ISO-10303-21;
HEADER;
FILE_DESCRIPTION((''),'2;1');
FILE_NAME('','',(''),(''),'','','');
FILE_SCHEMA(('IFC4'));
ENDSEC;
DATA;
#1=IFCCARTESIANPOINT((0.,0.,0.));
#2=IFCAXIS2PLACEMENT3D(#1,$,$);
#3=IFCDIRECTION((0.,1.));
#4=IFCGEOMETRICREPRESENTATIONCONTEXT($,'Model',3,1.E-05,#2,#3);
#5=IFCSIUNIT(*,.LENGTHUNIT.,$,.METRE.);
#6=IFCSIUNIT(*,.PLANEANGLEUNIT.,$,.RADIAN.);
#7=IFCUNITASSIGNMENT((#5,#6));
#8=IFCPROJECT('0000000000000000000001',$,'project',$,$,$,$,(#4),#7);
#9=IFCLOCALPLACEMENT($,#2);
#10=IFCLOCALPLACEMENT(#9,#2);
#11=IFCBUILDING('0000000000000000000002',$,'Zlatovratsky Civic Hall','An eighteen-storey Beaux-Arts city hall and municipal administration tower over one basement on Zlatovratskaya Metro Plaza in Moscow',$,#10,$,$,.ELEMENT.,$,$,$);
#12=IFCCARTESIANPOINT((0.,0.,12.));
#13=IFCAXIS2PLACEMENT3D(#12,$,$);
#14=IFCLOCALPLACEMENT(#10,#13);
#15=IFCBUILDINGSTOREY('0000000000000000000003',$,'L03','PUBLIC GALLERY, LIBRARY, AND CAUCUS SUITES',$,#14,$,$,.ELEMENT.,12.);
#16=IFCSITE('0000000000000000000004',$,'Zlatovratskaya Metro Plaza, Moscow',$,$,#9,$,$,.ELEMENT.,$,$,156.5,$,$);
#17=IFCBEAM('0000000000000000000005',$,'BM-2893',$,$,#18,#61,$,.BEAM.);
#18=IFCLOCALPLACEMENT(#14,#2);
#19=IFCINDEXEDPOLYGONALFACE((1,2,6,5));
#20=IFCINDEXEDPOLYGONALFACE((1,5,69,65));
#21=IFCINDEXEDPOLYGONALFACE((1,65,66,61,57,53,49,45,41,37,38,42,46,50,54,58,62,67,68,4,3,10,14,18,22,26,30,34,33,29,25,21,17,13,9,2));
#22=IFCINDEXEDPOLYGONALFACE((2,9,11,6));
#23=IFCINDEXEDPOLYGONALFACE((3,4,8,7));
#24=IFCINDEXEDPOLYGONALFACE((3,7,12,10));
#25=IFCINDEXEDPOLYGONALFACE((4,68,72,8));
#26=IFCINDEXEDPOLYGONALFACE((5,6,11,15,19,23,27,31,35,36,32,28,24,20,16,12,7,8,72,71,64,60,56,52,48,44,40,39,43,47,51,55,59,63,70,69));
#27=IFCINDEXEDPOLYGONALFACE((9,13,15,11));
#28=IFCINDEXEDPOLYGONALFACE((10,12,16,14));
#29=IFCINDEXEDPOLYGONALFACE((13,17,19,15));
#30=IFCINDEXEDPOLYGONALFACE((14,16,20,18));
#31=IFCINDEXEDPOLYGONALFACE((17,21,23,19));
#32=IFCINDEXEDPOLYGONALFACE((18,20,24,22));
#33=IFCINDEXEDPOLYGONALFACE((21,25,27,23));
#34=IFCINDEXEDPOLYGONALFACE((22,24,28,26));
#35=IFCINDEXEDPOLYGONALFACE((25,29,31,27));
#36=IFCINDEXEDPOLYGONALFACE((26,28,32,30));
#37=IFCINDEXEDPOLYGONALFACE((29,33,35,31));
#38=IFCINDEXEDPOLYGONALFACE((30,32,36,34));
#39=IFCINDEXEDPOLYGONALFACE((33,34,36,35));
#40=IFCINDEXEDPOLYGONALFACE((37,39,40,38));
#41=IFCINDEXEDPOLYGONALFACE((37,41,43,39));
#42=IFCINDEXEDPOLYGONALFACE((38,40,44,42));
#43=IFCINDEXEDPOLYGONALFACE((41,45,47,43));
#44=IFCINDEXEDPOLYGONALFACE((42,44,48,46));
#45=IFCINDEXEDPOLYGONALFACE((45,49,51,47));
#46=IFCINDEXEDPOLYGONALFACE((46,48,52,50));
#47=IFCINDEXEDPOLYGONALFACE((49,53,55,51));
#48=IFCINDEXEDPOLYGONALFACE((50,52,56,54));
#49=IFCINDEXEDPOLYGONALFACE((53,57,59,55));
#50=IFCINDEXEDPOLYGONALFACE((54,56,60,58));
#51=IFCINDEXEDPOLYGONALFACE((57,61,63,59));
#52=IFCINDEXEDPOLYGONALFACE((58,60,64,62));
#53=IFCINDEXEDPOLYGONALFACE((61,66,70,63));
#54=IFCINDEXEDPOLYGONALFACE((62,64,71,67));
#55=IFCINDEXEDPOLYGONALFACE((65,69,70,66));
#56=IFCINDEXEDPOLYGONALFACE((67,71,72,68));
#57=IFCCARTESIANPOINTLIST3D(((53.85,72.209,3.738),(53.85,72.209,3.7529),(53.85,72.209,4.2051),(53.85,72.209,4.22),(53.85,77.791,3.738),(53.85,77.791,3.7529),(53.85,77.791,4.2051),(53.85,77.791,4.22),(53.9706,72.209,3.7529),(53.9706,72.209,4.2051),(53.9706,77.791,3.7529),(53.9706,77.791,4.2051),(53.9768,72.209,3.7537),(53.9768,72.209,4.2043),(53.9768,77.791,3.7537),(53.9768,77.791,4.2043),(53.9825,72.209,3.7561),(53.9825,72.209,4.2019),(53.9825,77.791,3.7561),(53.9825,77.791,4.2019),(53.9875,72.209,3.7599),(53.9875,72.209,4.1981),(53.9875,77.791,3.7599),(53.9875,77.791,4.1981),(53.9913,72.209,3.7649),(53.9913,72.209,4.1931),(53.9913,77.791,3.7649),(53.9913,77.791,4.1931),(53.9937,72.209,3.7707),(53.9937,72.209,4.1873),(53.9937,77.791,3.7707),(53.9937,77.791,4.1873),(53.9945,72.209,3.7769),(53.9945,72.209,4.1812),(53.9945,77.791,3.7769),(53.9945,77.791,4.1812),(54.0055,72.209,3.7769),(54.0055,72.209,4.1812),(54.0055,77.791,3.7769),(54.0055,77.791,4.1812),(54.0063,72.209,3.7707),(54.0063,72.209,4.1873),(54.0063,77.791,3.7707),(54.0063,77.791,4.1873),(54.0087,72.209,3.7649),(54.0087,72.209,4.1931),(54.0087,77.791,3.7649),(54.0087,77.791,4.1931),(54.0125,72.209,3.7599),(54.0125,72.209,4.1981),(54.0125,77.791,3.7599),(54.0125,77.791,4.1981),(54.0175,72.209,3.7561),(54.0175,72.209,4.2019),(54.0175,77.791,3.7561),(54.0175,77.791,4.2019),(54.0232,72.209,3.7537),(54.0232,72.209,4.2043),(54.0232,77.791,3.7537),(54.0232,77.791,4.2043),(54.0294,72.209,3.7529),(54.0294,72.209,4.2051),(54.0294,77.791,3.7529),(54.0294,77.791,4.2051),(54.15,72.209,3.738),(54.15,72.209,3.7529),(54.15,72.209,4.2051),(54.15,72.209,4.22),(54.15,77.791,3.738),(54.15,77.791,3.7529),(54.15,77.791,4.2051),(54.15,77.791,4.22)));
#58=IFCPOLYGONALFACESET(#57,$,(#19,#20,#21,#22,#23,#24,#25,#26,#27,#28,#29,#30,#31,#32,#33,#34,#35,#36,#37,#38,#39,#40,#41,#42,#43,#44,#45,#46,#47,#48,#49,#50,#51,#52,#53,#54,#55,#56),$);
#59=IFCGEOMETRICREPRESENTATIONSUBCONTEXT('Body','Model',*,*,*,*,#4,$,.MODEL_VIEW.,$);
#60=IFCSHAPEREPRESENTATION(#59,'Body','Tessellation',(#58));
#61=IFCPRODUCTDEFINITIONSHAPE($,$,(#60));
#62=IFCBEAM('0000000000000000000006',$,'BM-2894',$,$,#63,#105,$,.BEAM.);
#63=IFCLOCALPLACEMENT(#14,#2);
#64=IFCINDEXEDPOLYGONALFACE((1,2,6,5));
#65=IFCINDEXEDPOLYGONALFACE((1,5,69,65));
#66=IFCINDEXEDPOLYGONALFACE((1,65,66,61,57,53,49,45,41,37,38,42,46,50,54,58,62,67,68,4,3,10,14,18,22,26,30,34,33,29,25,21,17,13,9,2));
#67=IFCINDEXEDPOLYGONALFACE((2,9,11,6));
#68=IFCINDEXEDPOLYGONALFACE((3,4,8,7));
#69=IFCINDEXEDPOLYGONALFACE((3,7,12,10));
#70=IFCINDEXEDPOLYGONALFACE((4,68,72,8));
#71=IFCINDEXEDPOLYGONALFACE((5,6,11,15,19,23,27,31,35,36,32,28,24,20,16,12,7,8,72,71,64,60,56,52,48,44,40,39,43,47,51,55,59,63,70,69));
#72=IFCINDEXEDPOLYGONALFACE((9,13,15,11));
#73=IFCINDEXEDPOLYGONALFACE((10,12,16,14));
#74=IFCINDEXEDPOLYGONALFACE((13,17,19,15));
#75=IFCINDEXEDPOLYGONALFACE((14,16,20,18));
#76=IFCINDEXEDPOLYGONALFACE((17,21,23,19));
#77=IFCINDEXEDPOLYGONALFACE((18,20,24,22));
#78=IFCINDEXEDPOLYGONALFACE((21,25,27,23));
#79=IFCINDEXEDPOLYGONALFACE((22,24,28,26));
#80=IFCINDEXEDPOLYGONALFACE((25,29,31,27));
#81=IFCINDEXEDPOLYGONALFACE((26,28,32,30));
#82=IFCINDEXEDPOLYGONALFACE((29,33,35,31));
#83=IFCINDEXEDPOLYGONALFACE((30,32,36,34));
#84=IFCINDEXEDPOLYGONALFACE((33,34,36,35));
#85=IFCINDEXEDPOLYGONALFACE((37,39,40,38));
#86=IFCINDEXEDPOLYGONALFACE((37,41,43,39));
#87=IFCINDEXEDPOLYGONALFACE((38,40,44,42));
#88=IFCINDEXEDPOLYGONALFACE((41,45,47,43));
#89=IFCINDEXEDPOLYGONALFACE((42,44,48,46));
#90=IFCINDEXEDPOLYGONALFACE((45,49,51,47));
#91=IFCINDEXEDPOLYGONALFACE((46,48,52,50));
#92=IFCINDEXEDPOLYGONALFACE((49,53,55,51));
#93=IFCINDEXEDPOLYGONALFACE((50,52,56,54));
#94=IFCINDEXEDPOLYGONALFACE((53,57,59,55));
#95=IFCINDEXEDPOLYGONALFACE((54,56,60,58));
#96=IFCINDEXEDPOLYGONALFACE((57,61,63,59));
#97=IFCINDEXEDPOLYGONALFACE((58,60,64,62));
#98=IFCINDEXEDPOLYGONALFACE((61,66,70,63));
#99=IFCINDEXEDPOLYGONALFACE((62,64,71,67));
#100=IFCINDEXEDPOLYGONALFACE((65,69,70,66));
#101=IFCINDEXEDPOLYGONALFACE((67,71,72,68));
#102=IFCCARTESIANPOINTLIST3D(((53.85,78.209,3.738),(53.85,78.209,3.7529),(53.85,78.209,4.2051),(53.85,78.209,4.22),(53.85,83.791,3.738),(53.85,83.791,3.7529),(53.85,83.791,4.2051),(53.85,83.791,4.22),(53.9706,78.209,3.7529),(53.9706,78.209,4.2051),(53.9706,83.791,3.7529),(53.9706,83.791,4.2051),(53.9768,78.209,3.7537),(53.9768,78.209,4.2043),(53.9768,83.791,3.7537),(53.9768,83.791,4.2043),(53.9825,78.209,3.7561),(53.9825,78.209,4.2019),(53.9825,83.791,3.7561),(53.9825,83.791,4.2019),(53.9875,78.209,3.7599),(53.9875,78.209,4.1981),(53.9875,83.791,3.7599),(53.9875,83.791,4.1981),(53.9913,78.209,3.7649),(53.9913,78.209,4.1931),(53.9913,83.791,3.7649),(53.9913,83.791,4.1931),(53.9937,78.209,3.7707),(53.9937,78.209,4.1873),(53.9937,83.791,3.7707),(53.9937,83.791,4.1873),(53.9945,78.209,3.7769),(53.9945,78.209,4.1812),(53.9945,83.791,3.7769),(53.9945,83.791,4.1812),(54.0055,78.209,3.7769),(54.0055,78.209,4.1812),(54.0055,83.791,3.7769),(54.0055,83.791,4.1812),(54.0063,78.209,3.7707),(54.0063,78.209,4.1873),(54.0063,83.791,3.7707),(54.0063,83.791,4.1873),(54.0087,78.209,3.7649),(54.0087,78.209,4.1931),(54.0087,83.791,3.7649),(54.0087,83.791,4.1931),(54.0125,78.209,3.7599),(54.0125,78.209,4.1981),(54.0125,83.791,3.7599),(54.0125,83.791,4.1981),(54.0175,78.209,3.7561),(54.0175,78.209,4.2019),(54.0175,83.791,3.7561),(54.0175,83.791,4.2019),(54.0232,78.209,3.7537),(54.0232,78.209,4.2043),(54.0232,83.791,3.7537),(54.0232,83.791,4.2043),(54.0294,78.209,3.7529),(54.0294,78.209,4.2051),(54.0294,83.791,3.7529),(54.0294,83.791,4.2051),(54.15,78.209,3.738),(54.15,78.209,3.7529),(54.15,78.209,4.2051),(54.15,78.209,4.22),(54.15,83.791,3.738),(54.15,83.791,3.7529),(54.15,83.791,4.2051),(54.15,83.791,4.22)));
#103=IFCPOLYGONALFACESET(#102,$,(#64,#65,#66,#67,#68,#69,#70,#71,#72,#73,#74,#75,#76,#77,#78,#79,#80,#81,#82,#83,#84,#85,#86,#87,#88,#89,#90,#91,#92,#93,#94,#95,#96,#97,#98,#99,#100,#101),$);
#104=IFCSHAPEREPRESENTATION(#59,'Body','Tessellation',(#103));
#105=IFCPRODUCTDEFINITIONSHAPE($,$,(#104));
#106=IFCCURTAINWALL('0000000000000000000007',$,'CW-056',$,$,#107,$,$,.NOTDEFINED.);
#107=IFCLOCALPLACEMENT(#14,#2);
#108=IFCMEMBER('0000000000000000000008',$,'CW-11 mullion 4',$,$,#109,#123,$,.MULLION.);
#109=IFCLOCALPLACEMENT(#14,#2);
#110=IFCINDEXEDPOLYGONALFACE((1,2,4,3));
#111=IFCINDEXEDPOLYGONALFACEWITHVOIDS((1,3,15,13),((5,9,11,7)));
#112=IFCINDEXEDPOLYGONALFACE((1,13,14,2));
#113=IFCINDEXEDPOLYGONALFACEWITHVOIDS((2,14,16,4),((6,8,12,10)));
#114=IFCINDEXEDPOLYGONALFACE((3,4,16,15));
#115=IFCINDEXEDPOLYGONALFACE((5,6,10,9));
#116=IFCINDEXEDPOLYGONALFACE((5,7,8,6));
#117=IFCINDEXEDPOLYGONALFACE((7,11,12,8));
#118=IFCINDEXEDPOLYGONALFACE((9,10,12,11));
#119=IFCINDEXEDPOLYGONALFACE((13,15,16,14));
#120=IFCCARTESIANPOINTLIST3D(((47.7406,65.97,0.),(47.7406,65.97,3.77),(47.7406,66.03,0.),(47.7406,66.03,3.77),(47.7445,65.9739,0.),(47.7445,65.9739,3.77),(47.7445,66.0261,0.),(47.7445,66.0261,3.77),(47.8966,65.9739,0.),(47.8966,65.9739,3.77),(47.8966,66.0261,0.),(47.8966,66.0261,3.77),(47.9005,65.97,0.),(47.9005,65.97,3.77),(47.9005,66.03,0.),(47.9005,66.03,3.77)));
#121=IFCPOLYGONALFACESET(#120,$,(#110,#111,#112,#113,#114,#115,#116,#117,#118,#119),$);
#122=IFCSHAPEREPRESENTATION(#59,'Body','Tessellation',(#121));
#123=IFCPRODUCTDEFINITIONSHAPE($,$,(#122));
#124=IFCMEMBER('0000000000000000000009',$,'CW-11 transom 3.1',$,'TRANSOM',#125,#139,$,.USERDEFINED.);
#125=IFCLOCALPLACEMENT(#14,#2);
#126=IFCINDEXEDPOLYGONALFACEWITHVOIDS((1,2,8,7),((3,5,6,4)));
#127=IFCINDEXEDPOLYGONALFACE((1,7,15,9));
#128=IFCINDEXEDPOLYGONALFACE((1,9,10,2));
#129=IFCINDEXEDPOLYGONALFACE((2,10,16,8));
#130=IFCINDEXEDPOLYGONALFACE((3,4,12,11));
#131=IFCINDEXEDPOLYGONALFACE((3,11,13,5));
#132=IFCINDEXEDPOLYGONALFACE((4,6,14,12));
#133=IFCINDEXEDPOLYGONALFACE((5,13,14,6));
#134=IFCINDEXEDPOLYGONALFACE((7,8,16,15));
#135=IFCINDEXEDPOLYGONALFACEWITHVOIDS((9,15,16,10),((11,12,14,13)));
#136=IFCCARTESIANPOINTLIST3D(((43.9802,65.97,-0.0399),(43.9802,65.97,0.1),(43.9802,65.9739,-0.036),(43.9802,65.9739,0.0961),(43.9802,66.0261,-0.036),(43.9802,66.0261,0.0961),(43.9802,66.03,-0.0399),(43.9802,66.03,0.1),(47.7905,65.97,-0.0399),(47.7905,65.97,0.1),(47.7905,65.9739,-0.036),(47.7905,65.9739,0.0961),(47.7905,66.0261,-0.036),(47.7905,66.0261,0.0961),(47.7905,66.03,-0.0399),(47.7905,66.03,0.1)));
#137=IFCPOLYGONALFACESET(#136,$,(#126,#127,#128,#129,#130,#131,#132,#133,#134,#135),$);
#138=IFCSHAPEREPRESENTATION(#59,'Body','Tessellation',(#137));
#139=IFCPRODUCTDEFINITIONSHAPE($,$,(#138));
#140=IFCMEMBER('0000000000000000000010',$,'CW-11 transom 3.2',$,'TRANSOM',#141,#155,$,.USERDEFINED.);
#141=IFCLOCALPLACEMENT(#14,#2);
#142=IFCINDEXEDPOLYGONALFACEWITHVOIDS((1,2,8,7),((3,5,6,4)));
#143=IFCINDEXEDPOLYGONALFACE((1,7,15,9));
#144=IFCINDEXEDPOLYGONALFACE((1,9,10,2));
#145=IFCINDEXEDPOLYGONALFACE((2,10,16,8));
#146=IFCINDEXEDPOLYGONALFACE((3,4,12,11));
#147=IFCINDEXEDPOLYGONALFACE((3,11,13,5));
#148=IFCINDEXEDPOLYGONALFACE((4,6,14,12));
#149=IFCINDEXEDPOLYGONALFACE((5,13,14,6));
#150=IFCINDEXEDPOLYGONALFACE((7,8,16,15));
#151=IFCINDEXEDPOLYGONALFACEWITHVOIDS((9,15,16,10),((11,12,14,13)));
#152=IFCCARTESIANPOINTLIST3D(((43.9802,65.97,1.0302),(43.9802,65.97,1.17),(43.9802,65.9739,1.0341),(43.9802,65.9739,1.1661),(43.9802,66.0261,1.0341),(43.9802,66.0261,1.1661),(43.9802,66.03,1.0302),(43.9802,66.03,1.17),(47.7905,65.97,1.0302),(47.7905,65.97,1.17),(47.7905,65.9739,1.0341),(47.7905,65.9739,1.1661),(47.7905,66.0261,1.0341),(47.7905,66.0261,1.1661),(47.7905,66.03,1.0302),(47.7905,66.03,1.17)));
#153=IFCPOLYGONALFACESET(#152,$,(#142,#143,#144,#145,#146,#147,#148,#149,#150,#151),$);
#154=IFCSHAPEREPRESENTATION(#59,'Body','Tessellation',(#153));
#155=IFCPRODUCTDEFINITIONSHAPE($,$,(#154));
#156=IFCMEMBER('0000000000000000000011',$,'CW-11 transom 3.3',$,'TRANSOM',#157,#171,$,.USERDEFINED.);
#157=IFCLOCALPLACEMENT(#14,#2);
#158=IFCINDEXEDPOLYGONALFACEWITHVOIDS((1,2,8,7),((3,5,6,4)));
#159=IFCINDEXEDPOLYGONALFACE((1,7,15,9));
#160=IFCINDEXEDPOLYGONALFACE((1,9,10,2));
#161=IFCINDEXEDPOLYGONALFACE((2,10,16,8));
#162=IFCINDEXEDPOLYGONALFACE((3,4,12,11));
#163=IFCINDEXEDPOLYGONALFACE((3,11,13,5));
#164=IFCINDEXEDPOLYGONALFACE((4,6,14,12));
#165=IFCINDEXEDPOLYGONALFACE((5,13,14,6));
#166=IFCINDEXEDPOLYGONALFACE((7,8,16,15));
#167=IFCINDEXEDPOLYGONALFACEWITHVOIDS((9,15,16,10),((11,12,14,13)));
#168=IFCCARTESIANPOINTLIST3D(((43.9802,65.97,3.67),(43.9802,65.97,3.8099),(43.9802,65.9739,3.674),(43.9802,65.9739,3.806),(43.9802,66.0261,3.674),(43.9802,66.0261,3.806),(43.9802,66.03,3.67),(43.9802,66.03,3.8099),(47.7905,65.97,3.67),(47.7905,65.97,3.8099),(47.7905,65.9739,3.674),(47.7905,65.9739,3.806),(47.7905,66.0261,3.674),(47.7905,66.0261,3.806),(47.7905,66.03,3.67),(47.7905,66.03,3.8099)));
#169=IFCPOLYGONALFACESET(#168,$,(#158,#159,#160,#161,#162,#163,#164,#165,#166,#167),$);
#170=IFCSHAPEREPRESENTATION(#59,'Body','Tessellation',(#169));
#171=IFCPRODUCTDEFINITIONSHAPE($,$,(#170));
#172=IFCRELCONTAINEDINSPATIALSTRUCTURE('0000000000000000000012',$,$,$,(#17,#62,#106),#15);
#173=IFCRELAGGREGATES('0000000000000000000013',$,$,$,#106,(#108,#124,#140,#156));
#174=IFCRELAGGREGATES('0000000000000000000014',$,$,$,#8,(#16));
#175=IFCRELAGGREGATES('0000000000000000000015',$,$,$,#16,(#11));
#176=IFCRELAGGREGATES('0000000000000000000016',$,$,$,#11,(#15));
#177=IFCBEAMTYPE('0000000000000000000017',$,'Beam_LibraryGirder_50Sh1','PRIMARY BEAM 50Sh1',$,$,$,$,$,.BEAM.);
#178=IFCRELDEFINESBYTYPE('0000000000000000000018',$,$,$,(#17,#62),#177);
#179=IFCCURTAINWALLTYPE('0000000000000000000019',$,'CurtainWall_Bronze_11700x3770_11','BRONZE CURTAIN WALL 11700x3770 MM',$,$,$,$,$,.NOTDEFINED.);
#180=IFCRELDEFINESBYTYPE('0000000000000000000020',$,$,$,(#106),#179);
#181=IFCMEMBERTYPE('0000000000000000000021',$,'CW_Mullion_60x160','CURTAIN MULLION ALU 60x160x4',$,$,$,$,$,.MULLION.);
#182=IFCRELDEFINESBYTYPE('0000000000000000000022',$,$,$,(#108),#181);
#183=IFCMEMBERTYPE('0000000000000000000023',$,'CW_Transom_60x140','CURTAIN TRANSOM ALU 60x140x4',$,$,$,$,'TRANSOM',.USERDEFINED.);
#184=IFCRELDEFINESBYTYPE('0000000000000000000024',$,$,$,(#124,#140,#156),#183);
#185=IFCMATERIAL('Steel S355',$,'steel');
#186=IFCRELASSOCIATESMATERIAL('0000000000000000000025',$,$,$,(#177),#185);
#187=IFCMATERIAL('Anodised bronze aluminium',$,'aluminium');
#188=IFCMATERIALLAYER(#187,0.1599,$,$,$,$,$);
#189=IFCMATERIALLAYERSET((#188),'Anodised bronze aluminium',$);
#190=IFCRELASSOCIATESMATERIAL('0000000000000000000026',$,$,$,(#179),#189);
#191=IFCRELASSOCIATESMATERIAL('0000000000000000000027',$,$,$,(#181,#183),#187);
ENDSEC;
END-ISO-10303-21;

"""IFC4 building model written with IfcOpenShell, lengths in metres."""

from ifc_helpers import new_model, si_unit, direction, frame, origin, origin_2d, place, context, subcontext, project, spatial, hollow_rectangle, i_section, extrude, material, layer, layer_set, material_profile, profile_set, type_object, element, aggregate, save


model = new_model("IFC4")

# Units and contexts
model_context = context("Model", 3, precision=1e-05, world=origin(), true_north=direction((0.0, 1.0)))
body_context = subcontext(model_context, "Body", "Model", "MODEL_VIEW")
ifc_project = project(units=[si_unit("LENGTHUNIT", "METRE"), si_unit("PLANEANGLEUNIT", "RADIAN")], contexts=[model_context])

# Site, building, storey
site_placement = place(None, origin())
site = spatial("IfcSite", under=ifc_project, at=site_placement, Name="Zlatovratskaya Metro Plaza, Moscow", CompositionType="ELEMENT", RefElevation=156.5)
building_placement = place(site_placement, origin())
building = spatial("IfcBuilding", under=site, at=building_placement, Name="Zlatovratsky Civic Hall", Description="An eighteen-storey Beaux-Arts city hall and municipal administration tower over one basement on Zlatovratskaya Metro Plaza in Moscow", CompositionType="ELEMENT")
storey_placement = place(building_placement, frame((0.0, 0.0, 12.0)))
storey = spatial("IfcBuildingStorey", under=building, at=storey_placement, Name="L03", Description="PUBLIC GALLERY, LIBRARY, AND CAUCUS SUITES", CompositionType="ELEMENT", Elevation=12.0)

# Shared definitions
ifc_material_1 = material(Name="Steel S355", Category="steel")

# Beams
ifc_material_profile_1 = material_profile(ifc_material_1, i_section(OverallWidth=0.3, OverallDepth=0.4819, WebThickness=0.011, FlangeThickness=0.0149, FilletRadius=0.0239, at=origin_2d()), Name="50Sh1")
ifc_profile_set_1 = profile_set([ifc_material_profile_1], Name="Steel S355")
beam_type_1 = type_object("IfcBeamType", Name="Beam_LibraryGirder_50Sh1", Description="PRIMARY BEAM 50Sh1", PredefinedType="BEAM", material=ifc_profile_set_1)
for number, where, z_axis, x_axis, name in (
    (1, (54.0, 72.209, 3.979), (0.0, 1.0, 0.0), (-1.0, 0.0, 0.0), "BM-2893"),
    (2, (54.0, 78.209, 3.979), (0.0, 1.0, 0.0), (-1.0, 0.0, 0.0), "BM-2894"),
):
    element("IfcBeam", number, at=place(storey_placement, frame(where, z_axis=z_axis, x_axis=x_axis)), inside=storey, type_object=beam_type_1, Name=name, PredefinedType="BEAM", context=body_context, shape_type="SweptSolid", body=[
        extrude(i_section(OverallWidth=0.3, OverallDepth=0.4819, WebThickness=0.011, FlangeThickness=0.0149, FilletRadius=0.0239, at=origin_2d()), origin(), (0.0, 0.0, 1.0), 5.582),
    ])

# Curtain wall, members
ifc_material_2 = material(Name="Anodised bronze aluminium", Category="aluminium")
ifc_layer_1 = layer(ifc_material_2, 0.1599)
ifc_layer_set_1 = layer_set([ifc_layer_1], Name="Anodised bronze aluminium")
curtain_wall_type = type_object("IfcCurtainWallType", Name="CurtainWall_Bronze_11700x3770_11", Description="BRONZE CURTAIN WALL 11700x3770 MM", PredefinedType="NOTDEFINED", material=ifc_layer_set_1)
curtain_wall_placement = place(storey_placement, origin())
curtain_wall = element("IfcCurtainWall", 3, at=curtain_wall_placement, inside=storey, type_object=curtain_wall_type, Name="CW-056", PredefinedType="NOTDEFINED")
ifc_material_profile_2 = material_profile(ifc_material_2, hollow_rectangle(XDim=0.0601, YDim=0.1599, WallThickness=0.0039, at=origin_2d()), Name="ALU 60x160x4")
ifc_profile_set_2 = profile_set([ifc_material_profile_2], Name="Anodised bronze aluminium")
member_type_1 = type_object("IfcMemberType", Name="CW_Mullion_60x160", Description="CURTAIN MULLION ALU 60x160x4", PredefinedType="MULLION", material=ifc_profile_set_2)
member_1_placement = place(storey_placement, frame((47.8206, 66.0, 0.0), z_axis=(0.0, 0.0, 1.0), x_axis=(0.0, 1.0, 0.0)))
member_1 = element("IfcMember", 4, at=member_1_placement, type_object=member_type_1, Name="CW-11 mullion 4", PredefinedType="MULLION", context=body_context, shape_type="SweptSolid", body=[
    extrude(hollow_rectangle(XDim=0.0601, YDim=0.1599, WallThickness=0.0039, at=origin_2d()), origin(), (0.0, 0.0, 1.0), 3.77),
])
ifc_material_profile_3 = material_profile(ifc_material_2, hollow_rectangle(XDim=0.0601, YDim=0.1399, WallThickness=0.0039, at=origin_2d()), Name="ALU 60x140x4")
ifc_profile_set_3 = profile_set([ifc_material_profile_3], Name="Anodised bronze aluminium")
member_type_2 = type_object("IfcMemberType", Name="CW_Transom_60x140", Description="CURTAIN TRANSOM ALU 60x140x4", ElementType="TRANSOM", PredefinedType="USERDEFINED", material=ifc_profile_set_3)
member_2_placement = place(storey_placement, frame((43.9802, 66.0, 0.03), z_axis=(1.0, 0.0, 0.0), x_axis=(0.0, 1.0, 0.0)))
member_2 = element("IfcMember", 5, at=member_2_placement, type_object=member_type_2, Name="CW-11 transom 3.1", ObjectType="TRANSOM", PredefinedType="USERDEFINED", context=body_context, shape_type="SweptSolid", body=[
    extrude(hollow_rectangle(XDim=0.0601, YDim=0.1399, WallThickness=0.0039, at=origin_2d()), origin(), (0.0, 0.0, 1.0), 3.8103),
])
member_3_placement = place(storey_placement, frame((43.9802, 66.0, 1.1001), z_axis=(1.0, 0.0, 0.0), x_axis=(0.0, 1.0, 0.0)))
member_3 = element("IfcMember", 6, at=member_3_placement, type_object=member_type_2, Name="CW-11 transom 3.2", ObjectType="TRANSOM", PredefinedType="USERDEFINED", context=body_context, shape_type="SweptSolid", body=[
    extrude(hollow_rectangle(XDim=0.0601, YDim=0.1399, WallThickness=0.0039, at=origin_2d()), origin(), (0.0, 0.0, 1.0), 3.8103),
])
member_4_placement = place(storey_placement, frame((43.9802, 66.0, 3.74), z_axis=(1.0, 0.0, 0.0), x_axis=(0.0, 1.0, 0.0)))
member_4 = element("IfcMember", 7, at=member_4_placement, type_object=member_type_2, Name="CW-11 transom 3.3", ObjectType="TRANSOM", PredefinedType="USERDEFINED", context=body_context, shape_type="SweptSolid", body=[
    extrude(hollow_rectangle(XDim=0.0601, YDim=0.1399, WallThickness=0.0039, at=origin_2d()), origin(), (0.0, 0.0, 1.0), 3.8103),
])

aggregate(curtain_wall, [member_1, member_2, member_3, member_4])

save(model, "model.ifc")
